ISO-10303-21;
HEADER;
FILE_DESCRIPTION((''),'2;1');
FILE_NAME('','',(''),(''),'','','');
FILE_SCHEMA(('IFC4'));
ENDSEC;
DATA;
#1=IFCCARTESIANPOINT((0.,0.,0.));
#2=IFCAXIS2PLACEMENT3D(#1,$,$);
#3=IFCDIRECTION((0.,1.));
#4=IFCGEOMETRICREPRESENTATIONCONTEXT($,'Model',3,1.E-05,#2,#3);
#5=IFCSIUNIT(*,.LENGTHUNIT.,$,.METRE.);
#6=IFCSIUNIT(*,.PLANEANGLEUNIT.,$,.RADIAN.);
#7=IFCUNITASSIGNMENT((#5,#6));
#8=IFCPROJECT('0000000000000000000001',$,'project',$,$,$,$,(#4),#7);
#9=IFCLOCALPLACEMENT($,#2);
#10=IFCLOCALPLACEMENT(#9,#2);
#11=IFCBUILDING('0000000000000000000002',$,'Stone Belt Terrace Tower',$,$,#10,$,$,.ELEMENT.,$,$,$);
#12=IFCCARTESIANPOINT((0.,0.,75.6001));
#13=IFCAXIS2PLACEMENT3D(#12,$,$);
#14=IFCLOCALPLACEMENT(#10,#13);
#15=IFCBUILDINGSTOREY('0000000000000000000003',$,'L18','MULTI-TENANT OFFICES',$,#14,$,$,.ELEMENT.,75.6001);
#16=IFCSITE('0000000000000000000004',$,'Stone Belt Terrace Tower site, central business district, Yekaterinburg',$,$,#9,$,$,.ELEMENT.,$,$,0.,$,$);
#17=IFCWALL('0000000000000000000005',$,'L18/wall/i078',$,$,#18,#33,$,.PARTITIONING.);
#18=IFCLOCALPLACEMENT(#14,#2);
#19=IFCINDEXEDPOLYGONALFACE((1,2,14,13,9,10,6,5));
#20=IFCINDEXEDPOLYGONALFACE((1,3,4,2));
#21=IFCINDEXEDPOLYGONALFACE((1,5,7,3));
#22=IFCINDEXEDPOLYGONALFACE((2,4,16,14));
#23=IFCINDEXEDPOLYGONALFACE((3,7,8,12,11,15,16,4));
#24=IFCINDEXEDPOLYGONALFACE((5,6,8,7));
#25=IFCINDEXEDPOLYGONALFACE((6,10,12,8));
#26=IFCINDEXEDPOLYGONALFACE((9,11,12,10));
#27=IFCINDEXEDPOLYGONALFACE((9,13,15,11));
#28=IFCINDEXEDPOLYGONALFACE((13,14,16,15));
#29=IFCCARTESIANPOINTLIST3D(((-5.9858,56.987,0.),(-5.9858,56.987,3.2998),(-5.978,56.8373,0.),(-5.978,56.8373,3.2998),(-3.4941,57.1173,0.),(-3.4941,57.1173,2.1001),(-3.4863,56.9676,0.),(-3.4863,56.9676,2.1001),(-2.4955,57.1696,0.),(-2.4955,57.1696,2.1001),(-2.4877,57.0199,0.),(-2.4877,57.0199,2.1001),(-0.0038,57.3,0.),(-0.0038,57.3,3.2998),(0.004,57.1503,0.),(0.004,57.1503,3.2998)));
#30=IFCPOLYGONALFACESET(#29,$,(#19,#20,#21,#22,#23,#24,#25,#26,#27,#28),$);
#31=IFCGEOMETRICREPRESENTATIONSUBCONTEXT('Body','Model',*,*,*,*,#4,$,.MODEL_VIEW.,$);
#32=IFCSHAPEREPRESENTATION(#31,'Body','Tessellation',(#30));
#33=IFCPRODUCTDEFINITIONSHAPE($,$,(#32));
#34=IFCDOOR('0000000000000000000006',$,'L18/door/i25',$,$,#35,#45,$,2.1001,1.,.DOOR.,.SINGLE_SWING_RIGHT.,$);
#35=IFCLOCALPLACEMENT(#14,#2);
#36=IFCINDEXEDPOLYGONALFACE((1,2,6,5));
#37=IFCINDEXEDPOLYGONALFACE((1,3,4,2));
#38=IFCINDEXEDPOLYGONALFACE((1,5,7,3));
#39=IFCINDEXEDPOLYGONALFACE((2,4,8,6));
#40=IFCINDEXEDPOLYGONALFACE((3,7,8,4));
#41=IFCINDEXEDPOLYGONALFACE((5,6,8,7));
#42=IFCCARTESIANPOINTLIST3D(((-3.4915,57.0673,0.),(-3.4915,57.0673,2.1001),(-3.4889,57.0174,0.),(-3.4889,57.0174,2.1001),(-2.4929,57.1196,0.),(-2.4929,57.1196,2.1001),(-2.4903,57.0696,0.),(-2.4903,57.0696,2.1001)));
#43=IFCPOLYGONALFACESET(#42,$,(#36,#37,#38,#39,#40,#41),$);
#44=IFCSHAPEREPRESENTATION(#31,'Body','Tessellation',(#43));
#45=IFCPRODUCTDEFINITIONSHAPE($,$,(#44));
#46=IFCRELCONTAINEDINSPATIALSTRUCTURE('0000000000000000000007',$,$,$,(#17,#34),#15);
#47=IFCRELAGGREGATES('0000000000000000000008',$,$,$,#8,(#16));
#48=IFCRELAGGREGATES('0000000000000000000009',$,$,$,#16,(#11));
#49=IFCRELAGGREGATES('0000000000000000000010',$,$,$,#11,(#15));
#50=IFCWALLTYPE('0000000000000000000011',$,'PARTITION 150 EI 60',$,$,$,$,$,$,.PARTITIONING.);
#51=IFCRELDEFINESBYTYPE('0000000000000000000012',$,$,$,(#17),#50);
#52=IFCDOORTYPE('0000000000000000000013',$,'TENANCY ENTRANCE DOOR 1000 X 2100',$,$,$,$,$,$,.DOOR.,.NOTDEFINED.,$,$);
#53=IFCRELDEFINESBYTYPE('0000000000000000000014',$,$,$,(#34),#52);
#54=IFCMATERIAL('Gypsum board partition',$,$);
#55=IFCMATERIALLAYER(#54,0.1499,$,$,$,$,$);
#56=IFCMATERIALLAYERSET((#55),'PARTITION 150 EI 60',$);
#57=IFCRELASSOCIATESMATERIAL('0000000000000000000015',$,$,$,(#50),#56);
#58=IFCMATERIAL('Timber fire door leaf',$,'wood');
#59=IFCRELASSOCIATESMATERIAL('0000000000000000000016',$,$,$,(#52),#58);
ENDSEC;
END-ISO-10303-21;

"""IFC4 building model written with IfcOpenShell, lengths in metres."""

from ifc_helpers import new_model, si_unit, direction, frame, frame_2d, origin, place, context, subcontext, project, spatial, rectangle, extrude, material, layer, layer_set, type_object, element, fill, save


model = new_model("IFC4")

# Units and contexts
model_context = context("Model", 3, precision=1e-05, world=origin(), true_north=direction((0.0, 1.0)))
body_context = subcontext(model_context, "Body", "Model", "MODEL_VIEW")
ifc_project = project(units=[si_unit("LENGTHUNIT", "METRE"), si_unit("PLANEANGLEUNIT", "RADIAN")], contexts=[model_context])

# Site, building, storey
site_placement = place(None, origin())
site = spatial("IfcSite", under=ifc_project, at=site_placement, Name="Stone Belt Terrace Tower site, central business district, Yekaterinburg", CompositionType="ELEMENT", RefElevation=0.0)
building_placement = place(site_placement, origin())
building = spatial("IfcBuilding", under=site, at=building_placement, Name="Stone Belt Terrace Tower", CompositionType="ELEMENT")
storey_placement = place(building_placement, frame((0.0, 0.0, 75.6001)))
storey = spatial("IfcBuildingStorey", under=building, at=storey_placement, Name="L18", Description="MULTI-TENANT OFFICES", CompositionType="ELEMENT", Elevation=75.6001)

# Shared definitions
ifc_material_1 = material(Name="Gypsum board partition")
ifc_layer_1 = layer(ifc_material_1, 0.1499)
ifc_layer_set_1 = layer_set([ifc_layer_1], Name="PARTITION 150 EI 60")
wall_type_1 = type_object("IfcWallType", Name="PARTITION 150 EI 60", PredefinedType="PARTITIONING", material=ifc_layer_set_1)

# Wall, opening, door
wall_1_placement = place(storey_placement, frame((-5.9819, 56.9121, 0.0), z_axis=(0.0, 0.0, 1.0), x_axis=(0.998634, 0.052251, 0.0)))
wall_1 = element("IfcWall", 1, at=wall_1_placement, inside=storey, type_object=wall_type_1, Name="L18/wall/i078", PredefinedType="PARTITIONING", context=body_context, shape_type="SweptSolid", body=[
    extrude(rectangle(XDim=5.9902, YDim=0.1499, at=frame_2d((2.9951, 0.0))), origin(), (0.0, 0.0, 1.0), 3.2998),
])
opening_1_placement = place(wall_1_placement, frame((2.4951, 0.0, 0.0)))
opening_1 = element("IfcOpeningElement", 2, at=opening_1_placement, cuts=wall_1, PredefinedType="OPENING", context=body_context, shape_type="SweptSolid", body=[
    extrude(rectangle(XDim=1.0, YDim=2.1001, at=frame_2d((0.5, 1.05))), frame((0.0, 0.085, 0.0), z_axis=(0.0, -1.0, 0.0), x_axis=(1.0, 0.0, 0.0)), (0.0, 0.0, 1.0), 0.1699),
])
ifc_material_2 = material(Name="Timber fire door leaf", Category="wood")
door_type_1 = type_object("IfcDoorType", Name="TENANCY ENTRANCE DOOR 1000 X 2100", OperationType="NOTDEFINED", PredefinedType="DOOR", material=ifc_material_2)
door_1_placement = place(opening_1_placement, origin())
door_1 = element("IfcDoor", 3, at=door_1_placement, inside=storey, type_object=door_type_1, Name="L18/door/i25", OperationType="SINGLE_SWING_RIGHT", OverallHeight=2.1001, OverallWidth=1.0, PredefinedType="DOOR", context=body_context, shape_type="SweptSolid", body=[
    extrude(rectangle(XDim=1.0, YDim=2.1001, at=frame_2d((0.5, 1.05))), frame((0.0, 0.0249, 0.0), z_axis=(0.0, -1.0, 0.0), x_axis=(1.0, 0.0, 0.0)), (0.0, 0.0, 1.0), 0.05),
])
fill(opening_1, door_1)

save(model, "model.ifc")
